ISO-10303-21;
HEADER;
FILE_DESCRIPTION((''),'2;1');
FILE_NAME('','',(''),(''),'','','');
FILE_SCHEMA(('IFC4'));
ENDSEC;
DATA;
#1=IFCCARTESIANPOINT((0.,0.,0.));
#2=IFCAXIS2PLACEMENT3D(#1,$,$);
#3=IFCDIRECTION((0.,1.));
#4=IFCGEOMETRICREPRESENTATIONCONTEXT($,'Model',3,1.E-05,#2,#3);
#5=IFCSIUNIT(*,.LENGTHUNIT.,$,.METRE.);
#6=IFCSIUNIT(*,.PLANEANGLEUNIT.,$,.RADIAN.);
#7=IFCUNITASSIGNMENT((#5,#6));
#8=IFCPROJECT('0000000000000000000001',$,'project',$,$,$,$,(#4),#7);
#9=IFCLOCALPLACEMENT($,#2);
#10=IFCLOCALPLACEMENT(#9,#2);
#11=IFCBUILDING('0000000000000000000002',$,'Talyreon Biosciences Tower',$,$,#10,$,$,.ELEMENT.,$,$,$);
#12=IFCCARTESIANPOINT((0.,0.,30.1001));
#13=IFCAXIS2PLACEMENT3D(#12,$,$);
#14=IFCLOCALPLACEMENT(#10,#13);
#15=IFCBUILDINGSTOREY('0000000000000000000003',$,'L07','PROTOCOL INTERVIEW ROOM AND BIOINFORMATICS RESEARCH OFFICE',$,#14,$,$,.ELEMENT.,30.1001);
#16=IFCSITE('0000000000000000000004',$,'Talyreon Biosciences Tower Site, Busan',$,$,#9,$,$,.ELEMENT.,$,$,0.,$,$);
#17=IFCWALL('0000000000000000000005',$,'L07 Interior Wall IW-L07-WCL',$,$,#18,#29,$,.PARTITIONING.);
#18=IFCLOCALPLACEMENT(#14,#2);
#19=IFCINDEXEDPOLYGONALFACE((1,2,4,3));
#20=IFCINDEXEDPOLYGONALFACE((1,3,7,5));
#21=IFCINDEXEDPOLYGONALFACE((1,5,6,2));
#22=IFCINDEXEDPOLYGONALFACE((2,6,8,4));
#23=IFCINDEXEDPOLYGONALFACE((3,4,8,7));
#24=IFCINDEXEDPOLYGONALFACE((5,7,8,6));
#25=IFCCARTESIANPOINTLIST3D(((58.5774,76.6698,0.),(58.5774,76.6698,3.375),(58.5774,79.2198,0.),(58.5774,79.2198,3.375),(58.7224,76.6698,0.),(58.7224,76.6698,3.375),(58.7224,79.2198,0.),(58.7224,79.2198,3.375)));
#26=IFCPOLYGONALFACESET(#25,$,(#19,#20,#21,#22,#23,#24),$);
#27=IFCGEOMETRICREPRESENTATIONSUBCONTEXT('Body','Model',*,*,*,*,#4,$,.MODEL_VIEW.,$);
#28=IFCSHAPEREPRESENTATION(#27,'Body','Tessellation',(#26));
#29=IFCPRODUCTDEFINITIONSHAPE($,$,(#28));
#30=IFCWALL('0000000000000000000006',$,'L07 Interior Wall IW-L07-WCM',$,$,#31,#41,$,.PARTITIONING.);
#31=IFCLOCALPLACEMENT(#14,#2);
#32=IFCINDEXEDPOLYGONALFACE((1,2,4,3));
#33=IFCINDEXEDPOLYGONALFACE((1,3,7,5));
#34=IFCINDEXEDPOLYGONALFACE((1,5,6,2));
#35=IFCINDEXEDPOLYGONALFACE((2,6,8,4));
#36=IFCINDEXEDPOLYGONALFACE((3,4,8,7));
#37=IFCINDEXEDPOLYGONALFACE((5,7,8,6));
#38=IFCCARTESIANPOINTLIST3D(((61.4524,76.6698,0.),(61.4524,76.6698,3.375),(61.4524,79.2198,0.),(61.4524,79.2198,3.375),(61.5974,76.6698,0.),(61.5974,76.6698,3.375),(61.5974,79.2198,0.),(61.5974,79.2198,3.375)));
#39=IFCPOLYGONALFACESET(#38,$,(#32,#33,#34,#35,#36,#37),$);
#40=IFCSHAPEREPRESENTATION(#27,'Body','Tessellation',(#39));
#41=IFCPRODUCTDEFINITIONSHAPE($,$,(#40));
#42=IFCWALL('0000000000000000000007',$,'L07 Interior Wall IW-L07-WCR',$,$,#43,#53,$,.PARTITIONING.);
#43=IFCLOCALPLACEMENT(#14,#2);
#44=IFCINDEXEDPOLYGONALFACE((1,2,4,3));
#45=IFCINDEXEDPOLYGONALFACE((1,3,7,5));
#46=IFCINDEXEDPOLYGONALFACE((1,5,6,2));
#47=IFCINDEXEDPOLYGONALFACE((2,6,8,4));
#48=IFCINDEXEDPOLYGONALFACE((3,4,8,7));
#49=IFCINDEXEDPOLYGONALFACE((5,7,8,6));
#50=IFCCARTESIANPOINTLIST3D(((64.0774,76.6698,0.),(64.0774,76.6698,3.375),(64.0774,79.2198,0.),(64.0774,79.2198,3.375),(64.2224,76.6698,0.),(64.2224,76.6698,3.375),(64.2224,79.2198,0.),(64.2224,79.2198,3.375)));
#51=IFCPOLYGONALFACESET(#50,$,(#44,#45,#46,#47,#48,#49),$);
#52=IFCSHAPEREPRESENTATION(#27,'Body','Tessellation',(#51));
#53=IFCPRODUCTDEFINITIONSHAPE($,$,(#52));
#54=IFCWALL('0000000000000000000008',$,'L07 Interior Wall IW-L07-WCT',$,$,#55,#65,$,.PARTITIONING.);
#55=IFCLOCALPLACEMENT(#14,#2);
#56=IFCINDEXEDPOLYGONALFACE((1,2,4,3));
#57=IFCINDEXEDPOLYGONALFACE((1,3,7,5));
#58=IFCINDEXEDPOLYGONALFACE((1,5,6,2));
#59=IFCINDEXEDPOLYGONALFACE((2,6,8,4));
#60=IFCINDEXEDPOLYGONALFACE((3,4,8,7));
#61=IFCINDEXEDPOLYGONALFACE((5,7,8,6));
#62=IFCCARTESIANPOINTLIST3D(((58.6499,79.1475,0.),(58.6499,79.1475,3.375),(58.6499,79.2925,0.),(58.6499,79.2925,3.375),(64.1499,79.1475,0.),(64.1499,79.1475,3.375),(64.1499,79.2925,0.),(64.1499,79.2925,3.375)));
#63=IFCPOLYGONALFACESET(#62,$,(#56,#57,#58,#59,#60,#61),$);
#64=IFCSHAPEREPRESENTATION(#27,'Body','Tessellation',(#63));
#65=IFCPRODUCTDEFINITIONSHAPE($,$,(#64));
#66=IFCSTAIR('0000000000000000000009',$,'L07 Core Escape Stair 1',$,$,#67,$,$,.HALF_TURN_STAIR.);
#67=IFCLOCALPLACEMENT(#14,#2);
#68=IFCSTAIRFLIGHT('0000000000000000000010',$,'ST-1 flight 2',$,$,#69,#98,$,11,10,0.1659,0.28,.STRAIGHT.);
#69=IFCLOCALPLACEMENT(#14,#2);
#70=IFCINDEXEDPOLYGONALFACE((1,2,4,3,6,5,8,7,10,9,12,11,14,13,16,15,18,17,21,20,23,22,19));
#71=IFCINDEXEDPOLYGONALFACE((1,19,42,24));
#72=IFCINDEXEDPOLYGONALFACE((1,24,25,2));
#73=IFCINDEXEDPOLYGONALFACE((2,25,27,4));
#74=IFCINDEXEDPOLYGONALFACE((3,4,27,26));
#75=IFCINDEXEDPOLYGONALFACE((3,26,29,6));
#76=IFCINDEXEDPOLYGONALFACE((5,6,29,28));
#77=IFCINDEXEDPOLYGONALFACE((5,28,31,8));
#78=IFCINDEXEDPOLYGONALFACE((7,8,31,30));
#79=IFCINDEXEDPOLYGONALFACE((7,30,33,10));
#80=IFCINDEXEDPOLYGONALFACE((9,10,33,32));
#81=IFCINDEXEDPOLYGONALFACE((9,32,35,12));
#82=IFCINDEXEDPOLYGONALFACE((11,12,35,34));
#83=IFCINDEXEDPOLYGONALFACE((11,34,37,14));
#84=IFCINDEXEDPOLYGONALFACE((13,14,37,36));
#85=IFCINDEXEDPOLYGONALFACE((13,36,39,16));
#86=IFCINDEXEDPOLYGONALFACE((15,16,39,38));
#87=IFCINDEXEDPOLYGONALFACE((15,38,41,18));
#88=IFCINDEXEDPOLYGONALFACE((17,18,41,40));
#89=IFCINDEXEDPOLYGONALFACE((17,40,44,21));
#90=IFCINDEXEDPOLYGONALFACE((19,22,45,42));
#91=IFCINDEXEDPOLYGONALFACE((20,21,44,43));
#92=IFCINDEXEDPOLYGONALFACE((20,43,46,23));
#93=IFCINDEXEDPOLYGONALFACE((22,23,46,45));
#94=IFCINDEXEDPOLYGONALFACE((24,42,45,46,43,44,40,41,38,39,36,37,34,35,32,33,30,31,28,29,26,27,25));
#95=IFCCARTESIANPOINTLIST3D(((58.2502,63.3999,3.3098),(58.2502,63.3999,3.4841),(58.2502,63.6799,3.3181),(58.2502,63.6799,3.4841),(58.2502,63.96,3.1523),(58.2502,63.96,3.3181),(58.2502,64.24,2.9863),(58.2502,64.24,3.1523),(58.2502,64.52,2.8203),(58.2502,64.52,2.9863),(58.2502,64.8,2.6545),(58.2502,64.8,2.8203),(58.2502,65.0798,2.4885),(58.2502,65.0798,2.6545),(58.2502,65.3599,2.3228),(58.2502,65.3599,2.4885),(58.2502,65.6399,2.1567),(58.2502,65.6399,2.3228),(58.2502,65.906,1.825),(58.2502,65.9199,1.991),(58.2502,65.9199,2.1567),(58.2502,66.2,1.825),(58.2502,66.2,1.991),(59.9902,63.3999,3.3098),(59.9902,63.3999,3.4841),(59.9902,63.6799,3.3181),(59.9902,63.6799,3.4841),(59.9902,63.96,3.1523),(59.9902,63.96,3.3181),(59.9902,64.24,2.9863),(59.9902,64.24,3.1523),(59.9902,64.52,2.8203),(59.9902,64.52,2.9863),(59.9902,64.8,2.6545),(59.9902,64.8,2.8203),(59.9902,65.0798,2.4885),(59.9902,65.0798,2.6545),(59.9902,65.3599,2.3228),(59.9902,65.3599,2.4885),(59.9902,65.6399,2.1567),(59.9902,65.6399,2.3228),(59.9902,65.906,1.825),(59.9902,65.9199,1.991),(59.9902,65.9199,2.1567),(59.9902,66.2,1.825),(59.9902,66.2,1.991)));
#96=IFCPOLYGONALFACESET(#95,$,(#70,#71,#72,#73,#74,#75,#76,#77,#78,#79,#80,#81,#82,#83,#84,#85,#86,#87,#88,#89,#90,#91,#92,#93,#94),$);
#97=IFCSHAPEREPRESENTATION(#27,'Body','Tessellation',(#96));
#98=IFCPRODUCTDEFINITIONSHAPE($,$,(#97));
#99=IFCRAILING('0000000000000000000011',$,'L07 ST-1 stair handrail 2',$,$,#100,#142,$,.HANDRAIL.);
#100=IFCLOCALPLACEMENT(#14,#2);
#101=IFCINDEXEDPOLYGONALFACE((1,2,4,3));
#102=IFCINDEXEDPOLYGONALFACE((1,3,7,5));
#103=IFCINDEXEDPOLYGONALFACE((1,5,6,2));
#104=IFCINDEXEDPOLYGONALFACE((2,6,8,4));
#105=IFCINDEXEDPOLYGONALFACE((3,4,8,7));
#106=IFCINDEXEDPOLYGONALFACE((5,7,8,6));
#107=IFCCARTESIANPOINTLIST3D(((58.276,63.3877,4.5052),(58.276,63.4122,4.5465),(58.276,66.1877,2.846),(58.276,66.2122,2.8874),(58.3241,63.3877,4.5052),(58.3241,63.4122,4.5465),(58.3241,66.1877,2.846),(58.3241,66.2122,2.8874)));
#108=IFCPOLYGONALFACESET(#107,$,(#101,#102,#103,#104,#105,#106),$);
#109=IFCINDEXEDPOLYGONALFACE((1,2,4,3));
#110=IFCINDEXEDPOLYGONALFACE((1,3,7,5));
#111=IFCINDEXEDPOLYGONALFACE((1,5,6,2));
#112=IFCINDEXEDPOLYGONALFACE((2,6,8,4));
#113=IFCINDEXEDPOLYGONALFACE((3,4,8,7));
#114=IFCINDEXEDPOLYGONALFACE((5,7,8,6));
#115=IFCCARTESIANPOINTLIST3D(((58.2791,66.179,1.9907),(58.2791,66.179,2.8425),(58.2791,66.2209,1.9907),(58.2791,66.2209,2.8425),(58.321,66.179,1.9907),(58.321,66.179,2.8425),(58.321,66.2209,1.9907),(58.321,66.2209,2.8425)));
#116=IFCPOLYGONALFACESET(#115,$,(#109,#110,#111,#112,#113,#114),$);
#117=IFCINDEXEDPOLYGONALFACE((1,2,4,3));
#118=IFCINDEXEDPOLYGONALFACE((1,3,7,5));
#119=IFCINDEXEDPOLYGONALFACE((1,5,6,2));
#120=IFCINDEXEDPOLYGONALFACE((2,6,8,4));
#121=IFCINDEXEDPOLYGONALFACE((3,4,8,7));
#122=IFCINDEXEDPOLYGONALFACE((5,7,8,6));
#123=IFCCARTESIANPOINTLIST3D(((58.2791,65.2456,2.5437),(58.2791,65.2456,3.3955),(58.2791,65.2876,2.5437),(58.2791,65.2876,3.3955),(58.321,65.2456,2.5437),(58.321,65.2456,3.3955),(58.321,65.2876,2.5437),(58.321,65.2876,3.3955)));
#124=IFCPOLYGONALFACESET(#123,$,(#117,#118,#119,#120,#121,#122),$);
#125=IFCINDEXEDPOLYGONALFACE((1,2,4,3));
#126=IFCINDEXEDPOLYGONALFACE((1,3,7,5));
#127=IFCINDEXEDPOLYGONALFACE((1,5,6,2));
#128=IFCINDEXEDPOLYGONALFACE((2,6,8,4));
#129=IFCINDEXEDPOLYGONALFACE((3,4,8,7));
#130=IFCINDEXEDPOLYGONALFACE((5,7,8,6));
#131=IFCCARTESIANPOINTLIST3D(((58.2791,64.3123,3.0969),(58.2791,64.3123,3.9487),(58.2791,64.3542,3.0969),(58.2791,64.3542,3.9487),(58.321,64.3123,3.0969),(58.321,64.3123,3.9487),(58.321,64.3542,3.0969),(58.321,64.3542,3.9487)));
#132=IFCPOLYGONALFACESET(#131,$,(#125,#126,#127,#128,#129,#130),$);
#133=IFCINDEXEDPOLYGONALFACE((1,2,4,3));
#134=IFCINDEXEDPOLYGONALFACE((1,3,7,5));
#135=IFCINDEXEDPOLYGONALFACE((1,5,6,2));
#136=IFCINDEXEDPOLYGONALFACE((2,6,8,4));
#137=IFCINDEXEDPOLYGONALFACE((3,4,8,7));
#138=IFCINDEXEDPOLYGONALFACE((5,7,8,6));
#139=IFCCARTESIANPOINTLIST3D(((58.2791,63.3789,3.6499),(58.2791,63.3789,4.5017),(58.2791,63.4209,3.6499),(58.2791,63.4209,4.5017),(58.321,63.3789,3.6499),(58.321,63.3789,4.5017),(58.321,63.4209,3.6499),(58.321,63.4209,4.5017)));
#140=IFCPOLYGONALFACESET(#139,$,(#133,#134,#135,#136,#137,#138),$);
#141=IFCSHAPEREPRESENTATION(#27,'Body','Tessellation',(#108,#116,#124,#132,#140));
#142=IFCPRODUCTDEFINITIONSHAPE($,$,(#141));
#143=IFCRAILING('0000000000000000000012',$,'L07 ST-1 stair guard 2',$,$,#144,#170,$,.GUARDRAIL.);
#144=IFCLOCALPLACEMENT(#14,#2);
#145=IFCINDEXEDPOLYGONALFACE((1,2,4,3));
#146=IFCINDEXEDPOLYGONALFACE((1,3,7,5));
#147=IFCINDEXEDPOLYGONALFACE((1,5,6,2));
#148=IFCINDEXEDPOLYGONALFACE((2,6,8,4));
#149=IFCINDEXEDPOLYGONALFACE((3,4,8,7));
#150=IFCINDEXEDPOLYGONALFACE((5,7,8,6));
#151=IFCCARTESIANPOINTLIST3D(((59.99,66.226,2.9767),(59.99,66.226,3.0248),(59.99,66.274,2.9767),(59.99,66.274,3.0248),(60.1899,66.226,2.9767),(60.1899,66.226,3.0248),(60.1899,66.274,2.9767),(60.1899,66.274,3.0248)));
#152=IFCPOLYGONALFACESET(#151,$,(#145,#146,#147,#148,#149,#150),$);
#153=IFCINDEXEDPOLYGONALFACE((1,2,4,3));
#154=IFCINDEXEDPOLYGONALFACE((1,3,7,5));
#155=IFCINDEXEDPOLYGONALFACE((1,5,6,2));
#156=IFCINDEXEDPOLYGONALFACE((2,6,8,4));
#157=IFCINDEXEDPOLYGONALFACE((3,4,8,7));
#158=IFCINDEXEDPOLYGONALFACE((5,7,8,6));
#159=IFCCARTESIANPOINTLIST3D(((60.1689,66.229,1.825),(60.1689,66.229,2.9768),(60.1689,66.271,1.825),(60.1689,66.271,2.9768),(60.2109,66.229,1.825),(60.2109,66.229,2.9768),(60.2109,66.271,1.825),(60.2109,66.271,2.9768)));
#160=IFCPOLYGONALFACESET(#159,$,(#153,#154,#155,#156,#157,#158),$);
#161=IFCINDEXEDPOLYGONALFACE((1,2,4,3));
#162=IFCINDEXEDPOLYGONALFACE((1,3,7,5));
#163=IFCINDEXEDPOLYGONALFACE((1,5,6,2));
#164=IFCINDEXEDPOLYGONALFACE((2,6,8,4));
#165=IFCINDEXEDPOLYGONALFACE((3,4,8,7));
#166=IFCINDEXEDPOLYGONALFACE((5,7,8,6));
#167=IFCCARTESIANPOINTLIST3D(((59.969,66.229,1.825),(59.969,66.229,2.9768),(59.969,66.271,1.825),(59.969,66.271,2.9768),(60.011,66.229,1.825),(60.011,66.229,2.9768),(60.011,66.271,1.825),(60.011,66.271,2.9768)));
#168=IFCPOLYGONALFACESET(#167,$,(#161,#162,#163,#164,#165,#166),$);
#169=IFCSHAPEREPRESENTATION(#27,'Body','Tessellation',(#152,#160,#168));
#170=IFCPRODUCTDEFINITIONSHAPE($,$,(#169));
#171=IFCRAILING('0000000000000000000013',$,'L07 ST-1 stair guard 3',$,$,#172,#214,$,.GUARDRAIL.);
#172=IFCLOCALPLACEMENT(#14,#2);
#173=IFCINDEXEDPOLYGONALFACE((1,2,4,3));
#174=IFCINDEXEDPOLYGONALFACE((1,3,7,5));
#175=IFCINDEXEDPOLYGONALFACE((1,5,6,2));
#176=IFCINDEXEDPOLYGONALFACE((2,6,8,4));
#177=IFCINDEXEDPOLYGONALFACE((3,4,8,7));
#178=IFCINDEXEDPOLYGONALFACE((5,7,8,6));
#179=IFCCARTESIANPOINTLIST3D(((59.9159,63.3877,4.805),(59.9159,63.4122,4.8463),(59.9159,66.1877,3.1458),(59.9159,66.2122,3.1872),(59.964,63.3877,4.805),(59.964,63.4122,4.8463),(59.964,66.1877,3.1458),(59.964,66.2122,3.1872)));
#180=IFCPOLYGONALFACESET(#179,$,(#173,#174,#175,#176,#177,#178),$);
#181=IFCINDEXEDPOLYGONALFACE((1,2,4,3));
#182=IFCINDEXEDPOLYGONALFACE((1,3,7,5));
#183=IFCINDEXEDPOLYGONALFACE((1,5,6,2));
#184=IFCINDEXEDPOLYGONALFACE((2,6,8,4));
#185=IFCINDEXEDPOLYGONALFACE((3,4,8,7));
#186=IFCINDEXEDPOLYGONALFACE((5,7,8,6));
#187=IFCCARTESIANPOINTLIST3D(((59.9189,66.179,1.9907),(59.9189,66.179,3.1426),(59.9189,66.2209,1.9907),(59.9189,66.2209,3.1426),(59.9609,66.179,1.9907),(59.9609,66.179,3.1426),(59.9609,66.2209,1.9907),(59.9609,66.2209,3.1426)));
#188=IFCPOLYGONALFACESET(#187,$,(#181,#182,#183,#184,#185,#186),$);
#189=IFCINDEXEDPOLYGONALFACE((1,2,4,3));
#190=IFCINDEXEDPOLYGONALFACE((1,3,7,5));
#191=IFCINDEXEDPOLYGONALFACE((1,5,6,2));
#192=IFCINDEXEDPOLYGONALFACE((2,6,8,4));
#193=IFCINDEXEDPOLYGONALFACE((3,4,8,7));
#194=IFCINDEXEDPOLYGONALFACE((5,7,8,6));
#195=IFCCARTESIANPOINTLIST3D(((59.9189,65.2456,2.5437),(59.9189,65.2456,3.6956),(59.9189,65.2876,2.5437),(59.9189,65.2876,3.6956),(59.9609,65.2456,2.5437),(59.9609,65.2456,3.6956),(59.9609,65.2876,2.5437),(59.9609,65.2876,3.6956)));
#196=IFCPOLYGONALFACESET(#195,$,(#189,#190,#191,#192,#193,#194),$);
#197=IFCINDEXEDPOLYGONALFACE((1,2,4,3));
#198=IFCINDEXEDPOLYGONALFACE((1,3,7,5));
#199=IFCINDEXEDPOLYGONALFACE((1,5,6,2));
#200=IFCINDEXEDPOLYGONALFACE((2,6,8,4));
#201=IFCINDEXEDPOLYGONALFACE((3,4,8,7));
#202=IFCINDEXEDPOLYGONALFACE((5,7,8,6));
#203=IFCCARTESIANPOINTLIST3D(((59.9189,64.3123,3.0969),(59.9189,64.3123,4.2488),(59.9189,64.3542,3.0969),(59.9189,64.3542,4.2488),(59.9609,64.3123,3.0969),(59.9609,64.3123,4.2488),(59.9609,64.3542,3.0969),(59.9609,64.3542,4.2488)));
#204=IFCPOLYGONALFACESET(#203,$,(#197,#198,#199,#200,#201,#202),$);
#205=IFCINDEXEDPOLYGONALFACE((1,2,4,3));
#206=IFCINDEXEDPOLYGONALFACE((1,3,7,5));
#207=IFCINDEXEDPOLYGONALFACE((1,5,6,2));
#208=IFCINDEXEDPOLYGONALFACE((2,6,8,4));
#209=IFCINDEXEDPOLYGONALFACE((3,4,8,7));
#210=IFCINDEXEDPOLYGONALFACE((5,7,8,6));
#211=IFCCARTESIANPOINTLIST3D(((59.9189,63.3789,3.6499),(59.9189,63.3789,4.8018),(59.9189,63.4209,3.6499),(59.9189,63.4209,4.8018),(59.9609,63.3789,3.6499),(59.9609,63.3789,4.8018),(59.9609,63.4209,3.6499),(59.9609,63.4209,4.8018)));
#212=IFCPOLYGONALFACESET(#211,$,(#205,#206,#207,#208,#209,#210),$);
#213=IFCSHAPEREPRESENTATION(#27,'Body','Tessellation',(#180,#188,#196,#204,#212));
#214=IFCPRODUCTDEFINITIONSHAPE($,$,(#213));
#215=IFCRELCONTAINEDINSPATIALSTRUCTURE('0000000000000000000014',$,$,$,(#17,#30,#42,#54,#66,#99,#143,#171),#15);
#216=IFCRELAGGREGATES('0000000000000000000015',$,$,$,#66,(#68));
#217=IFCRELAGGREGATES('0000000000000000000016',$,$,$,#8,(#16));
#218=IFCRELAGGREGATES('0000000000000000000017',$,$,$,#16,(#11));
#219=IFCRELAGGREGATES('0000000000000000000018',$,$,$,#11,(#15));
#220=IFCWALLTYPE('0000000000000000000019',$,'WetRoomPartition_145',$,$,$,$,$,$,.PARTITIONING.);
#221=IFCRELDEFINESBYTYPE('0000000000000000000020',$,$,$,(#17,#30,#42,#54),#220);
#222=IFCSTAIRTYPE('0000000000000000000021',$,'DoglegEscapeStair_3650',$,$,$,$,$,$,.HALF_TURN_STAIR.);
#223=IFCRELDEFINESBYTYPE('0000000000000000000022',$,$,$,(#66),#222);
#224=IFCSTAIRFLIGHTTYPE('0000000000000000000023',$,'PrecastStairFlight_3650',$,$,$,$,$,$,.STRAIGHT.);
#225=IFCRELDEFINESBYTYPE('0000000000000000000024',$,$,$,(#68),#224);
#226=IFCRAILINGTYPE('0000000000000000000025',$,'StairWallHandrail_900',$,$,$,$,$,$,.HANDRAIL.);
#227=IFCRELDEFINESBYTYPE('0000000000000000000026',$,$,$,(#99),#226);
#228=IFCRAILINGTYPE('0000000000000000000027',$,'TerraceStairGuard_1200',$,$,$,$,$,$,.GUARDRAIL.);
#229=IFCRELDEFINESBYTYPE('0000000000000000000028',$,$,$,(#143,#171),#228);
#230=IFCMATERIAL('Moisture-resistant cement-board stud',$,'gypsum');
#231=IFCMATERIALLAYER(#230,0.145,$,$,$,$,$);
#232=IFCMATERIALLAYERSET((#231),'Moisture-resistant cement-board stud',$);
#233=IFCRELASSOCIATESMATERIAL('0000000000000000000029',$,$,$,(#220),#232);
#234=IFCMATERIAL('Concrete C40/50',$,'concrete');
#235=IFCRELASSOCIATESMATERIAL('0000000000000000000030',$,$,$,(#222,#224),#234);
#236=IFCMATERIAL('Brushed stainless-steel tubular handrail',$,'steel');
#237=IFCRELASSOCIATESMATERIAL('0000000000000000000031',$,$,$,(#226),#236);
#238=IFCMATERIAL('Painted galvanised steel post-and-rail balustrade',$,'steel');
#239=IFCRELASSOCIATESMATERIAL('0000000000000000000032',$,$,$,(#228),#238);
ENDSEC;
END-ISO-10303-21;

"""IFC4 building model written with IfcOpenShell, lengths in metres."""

from ifc_helpers import new_model, si_unit, direction, frame, frame_2d, origin, origin_2d, place, context, subcontext, project, spatial, polyline, rectangle, outline, extrude, material, layer, layer_set, type_object, element, aggregate, save


model = new_model("IFC4")

# Units and contexts
model_context = context("Model", 3, precision=1e-05, world=origin(), true_north=direction((0.0, 1.0)))
body_context = subcontext(model_context, "Body", "Model", "MODEL_VIEW")
ifc_project = project(units=[si_unit("LENGTHUNIT", "METRE"), si_unit("PLANEANGLEUNIT", "RADIAN")], contexts=[model_context])

# Site, building, storey
site_placement = place(None, origin())
site = spatial("IfcSite", under=ifc_project, at=site_placement, Name="Talyreon Biosciences Tower Site, Busan", CompositionType="ELEMENT", RefElevation=0.0)
building_placement = place(site_placement, origin())
building = spatial("IfcBuilding", under=site, at=building_placement, Name="Talyreon Biosciences Tower", CompositionType="ELEMENT")
storey_placement = place(building_placement, frame((0.0, 0.0, 30.1001)))
storey = spatial("IfcBuildingStorey", under=building, at=storey_placement, Name="L07", Description="PROTOCOL INTERVIEW ROOM AND BIOINFORMATICS RESEARCH OFFICE", CompositionType="ELEMENT", Elevation=30.1001)

# Walls
ifc_material_1 = material(Name="Moisture-resistant cement-board stud", Category="gypsum")
ifc_layer_1 = layer(ifc_material_1, 0.145)
ifc_layer_set_1 = layer_set([ifc_layer_1], Name="Moisture-resistant cement-board stud")
wall_type_1 = type_object("IfcWallType", Name="WetRoomPartition_145", PredefinedType="PARTITIONING", material=ifc_layer_set_1)
for number, where, z_axis, x_axis, name in (
    (1, (58.6499, 76.6699, 0.0), (0.0, 0.0, 1.0), (0.0, 1.0, 0.0), "L07 Interior Wall IW-L07-WCL"),
    (2, (61.5249, 76.6699, 0.0), (0.0, 0.0, 1.0), (0.0, 1.0, 0.0), "L07 Interior Wall IW-L07-WCM"),
    (3, (64.1499, 76.6699, 0.0), (0.0, 0.0, 1.0), (0.0, 1.0, 0.0), "L07 Interior Wall IW-L07-WCR"),
):
    element("IfcWall", number, at=place(storey_placement, frame(where, z_axis=z_axis, x_axis=x_axis)), inside=storey, type_object=wall_type_1, Name=name, PredefinedType="PARTITIONING", context=body_context, shape_type="SweptSolid", body=[
        extrude(rectangle(XDim=2.55, YDim=0.145, at=frame_2d((1.2749, 0.0))), origin(), (0.0, 0.0, 1.0), 3.375),
    ])
wall_1_placement = place(storey_placement, frame((58.6499, 79.22, 0.0), z_axis=(0.0, 0.0, 1.0), x_axis=(1.0, 0.0, 0.0)))
element("IfcWall", 4, at=wall_1_placement, inside=storey, type_object=wall_type_1, Name="L07 Interior Wall IW-L07-WCT", PredefinedType="PARTITIONING", context=body_context, shape_type="SweptSolid", body=[
    extrude(rectangle(XDim=5.5, YDim=0.145, at=frame_2d((2.75, 0.0))), origin(), (0.0, 0.0, 1.0), 3.375),
])

# Stair, stair flight
ifc_material_2 = material(Name="Concrete C40/50", Category="concrete")
stair_type = type_object("IfcStairType", Name="DoglegEscapeStair_3650", PredefinedType="HALF_TURN_STAIR", material=ifc_material_2)
stair_placement = place(storey_placement, origin())
stair = element("IfcStair", 5, at=stair_placement, inside=storey, type_object=stair_type, Name="L07 Core Escape Stair 1", PredefinedType="HALF_TURN_STAIR")
stair_flight_type = type_object("IfcStairFlightType", Name="PrecastStairFlight_3650", PredefinedType="STRAIGHT", material=ifc_material_2)
stair_flight_placement = place(storey_placement, frame((59.1201, 66.2, 1.825), z_axis=(0.0, 0.0, 1.0), x_axis=(0.0, -1.0, 0.0)))
stair_flight = element("IfcStairFlight", 6, at=stair_flight_placement, type_object=stair_flight_type, Name="ST-1 flight 2", NumberOfRisers=11, NumberOfTreads=10, PredefinedType="STRAIGHT", RiserHeight=0.1659, TreadLength=0.28, context=body_context, shape_type="SweptSolid", body=[
    extrude(outline(polyline([(0.0, 0.0), (0.0, 0.166), (0.28, 0.166), (0.28, 0.3318), (0.5601, 0.3318), (0.5601, 0.4978), (0.8401, 0.4978), (0.8401, 0.6636), (1.1201, 0.6636), (1.1201, 0.8296), (1.3999, 0.8296), (1.3999, 0.9954), (1.6799, 0.9954), (1.6799, 1.1614), (1.96, 1.1614), (1.96, 1.3274), (2.24, 1.3274), (2.24, 1.4932), (2.52, 1.4932), (2.52, 1.6592), (2.8, 1.6592), (2.8, 1.825), (2.8, 1.4849), (0.2939, 0.0), (0.0, 0.0)])), frame((0.0, 0.8701, 0.0), z_axis=(0.0, -1.0, 0.0), x_axis=(1.0, 0.0, 0.0)), (0.0, 0.0, 1.0), 1.74),
])
aggregate(stair, [stair_flight])

# Railings
ifc_material_3 = material(Name="Brushed stainless-steel tubular handrail", Category="steel")
railing_type_1 = type_object("IfcRailingType", Name="StairWallHandrail_900", PredefinedType="HANDRAIL", material=ifc_material_3)
railing_1_placement = place(storey_placement, frame((58.3, 66.2, 1.9907)))
element("IfcRailing", 7, at=railing_1_placement, inside=storey, type_object=railing_type_1, Name="L07 ST-1 stair handrail 2", PredefinedType="HANDRAIL", context=body_context, shape_type="SweptSolid", body=[
    extrude(rectangle(XDim=0.0481, YDim=0.0481, at=origin_2d()), frame((0.0, 0.0, 0.876), z_axis=(0.0, -0.860306, 0.509778), x_axis=(1.0, 0.0, 0.0)), (0.0, 0.0, 1.0), 3.2546),
    extrude(rectangle(XDim=0.042, YDim=0.042, at=origin_2d()), origin(), (0.0, 0.0, 1.0), 0.8518),
    extrude(rectangle(XDim=0.042, YDim=0.042, at=origin_2d()), frame((0.0, -0.9333, 0.553)), (0.0, 0.0, 1.0), 0.8518),
    extrude(rectangle(XDim=0.042, YDim=0.042, at=origin_2d()), frame((0.0, -1.8667, 1.1062)), (0.0, 0.0, 1.0), 0.8518),
    extrude(rectangle(XDim=0.042, YDim=0.042, at=origin_2d()), frame((0.0, -2.8, 1.6592)), (0.0, 0.0, 1.0), 0.8518),
])
ifc_material_4 = material(Name="Painted galvanised steel post-and-rail balustrade", Category="steel")
railing_type_2 = type_object("IfcRailingType", Name="TerraceStairGuard_1200", PredefinedType="GUARDRAIL", material=ifc_material_4)
railing_2_placement = place(storey_placement, frame((60.1899, 66.25, 1.825)))
element("IfcRailing", 8, at=railing_2_placement, inside=storey, type_object=railing_type_2, Name="L07 ST-1 stair guard 2", PredefinedType="GUARDRAIL", context=body_context, shape_type="SweptSolid", body=[
    extrude(rectangle(XDim=0.0481, YDim=0.0481, at=origin_2d()), frame((0.0, 0.0, 1.1758), z_axis=(-1.0, 0.0, 0.0), x_axis=(0.0, -1.0, 0.0)), (0.0, 0.0, 1.0), 0.2),
    extrude(rectangle(XDim=0.042, YDim=0.042, at=origin_2d()), origin(), (0.0, 0.0, 1.0), 1.1519),
    extrude(rectangle(XDim=0.042, YDim=0.042, at=origin_2d()), frame((-0.2, 0.0, 0.0)), (0.0, 0.0, 1.0), 1.1519),
])
railing_3_placement = place(storey_placement, frame((59.9399, 66.2, 1.9907)))
element("IfcRailing", 9, at=railing_3_placement, inside=storey, type_object=railing_type_2, Name="L07 ST-1 stair guard 3", PredefinedType="GUARDRAIL", context=body_context, shape_type="SweptSolid", body=[
    extrude(rectangle(XDim=0.0481, YDim=0.0481, at=origin_2d()), frame((0.0, 0.0, 1.1758), z_axis=(0.0, -0.860306, 0.509778), x_axis=(1.0, 0.0, 0.0)), (0.0, 0.0, 1.0), 3.2546),
    extrude(rectangle(XDim=0.042, YDim=0.042, at=origin_2d()), origin(), (0.0, 0.0, 1.0), 1.1519),
    extrude(rectangle(XDim=0.042, YDim=0.042, at=origin_2d()), frame((0.0, -0.9333, 0.553)), (0.0, 0.0, 1.0), 1.1519),
    extrude(rectangle(XDim=0.042, YDim=0.042, at=origin_2d()), frame((0.0, -1.8667, 1.1062)), (0.0, 0.0, 1.0), 1.1519),
    extrude(rectangle(XDim=0.042, YDim=0.042, at=origin_2d()), frame((0.0, -2.8, 1.6592)), (0.0, 0.0, 1.0), 1.1519),
])

save(model, "model.ifc")
